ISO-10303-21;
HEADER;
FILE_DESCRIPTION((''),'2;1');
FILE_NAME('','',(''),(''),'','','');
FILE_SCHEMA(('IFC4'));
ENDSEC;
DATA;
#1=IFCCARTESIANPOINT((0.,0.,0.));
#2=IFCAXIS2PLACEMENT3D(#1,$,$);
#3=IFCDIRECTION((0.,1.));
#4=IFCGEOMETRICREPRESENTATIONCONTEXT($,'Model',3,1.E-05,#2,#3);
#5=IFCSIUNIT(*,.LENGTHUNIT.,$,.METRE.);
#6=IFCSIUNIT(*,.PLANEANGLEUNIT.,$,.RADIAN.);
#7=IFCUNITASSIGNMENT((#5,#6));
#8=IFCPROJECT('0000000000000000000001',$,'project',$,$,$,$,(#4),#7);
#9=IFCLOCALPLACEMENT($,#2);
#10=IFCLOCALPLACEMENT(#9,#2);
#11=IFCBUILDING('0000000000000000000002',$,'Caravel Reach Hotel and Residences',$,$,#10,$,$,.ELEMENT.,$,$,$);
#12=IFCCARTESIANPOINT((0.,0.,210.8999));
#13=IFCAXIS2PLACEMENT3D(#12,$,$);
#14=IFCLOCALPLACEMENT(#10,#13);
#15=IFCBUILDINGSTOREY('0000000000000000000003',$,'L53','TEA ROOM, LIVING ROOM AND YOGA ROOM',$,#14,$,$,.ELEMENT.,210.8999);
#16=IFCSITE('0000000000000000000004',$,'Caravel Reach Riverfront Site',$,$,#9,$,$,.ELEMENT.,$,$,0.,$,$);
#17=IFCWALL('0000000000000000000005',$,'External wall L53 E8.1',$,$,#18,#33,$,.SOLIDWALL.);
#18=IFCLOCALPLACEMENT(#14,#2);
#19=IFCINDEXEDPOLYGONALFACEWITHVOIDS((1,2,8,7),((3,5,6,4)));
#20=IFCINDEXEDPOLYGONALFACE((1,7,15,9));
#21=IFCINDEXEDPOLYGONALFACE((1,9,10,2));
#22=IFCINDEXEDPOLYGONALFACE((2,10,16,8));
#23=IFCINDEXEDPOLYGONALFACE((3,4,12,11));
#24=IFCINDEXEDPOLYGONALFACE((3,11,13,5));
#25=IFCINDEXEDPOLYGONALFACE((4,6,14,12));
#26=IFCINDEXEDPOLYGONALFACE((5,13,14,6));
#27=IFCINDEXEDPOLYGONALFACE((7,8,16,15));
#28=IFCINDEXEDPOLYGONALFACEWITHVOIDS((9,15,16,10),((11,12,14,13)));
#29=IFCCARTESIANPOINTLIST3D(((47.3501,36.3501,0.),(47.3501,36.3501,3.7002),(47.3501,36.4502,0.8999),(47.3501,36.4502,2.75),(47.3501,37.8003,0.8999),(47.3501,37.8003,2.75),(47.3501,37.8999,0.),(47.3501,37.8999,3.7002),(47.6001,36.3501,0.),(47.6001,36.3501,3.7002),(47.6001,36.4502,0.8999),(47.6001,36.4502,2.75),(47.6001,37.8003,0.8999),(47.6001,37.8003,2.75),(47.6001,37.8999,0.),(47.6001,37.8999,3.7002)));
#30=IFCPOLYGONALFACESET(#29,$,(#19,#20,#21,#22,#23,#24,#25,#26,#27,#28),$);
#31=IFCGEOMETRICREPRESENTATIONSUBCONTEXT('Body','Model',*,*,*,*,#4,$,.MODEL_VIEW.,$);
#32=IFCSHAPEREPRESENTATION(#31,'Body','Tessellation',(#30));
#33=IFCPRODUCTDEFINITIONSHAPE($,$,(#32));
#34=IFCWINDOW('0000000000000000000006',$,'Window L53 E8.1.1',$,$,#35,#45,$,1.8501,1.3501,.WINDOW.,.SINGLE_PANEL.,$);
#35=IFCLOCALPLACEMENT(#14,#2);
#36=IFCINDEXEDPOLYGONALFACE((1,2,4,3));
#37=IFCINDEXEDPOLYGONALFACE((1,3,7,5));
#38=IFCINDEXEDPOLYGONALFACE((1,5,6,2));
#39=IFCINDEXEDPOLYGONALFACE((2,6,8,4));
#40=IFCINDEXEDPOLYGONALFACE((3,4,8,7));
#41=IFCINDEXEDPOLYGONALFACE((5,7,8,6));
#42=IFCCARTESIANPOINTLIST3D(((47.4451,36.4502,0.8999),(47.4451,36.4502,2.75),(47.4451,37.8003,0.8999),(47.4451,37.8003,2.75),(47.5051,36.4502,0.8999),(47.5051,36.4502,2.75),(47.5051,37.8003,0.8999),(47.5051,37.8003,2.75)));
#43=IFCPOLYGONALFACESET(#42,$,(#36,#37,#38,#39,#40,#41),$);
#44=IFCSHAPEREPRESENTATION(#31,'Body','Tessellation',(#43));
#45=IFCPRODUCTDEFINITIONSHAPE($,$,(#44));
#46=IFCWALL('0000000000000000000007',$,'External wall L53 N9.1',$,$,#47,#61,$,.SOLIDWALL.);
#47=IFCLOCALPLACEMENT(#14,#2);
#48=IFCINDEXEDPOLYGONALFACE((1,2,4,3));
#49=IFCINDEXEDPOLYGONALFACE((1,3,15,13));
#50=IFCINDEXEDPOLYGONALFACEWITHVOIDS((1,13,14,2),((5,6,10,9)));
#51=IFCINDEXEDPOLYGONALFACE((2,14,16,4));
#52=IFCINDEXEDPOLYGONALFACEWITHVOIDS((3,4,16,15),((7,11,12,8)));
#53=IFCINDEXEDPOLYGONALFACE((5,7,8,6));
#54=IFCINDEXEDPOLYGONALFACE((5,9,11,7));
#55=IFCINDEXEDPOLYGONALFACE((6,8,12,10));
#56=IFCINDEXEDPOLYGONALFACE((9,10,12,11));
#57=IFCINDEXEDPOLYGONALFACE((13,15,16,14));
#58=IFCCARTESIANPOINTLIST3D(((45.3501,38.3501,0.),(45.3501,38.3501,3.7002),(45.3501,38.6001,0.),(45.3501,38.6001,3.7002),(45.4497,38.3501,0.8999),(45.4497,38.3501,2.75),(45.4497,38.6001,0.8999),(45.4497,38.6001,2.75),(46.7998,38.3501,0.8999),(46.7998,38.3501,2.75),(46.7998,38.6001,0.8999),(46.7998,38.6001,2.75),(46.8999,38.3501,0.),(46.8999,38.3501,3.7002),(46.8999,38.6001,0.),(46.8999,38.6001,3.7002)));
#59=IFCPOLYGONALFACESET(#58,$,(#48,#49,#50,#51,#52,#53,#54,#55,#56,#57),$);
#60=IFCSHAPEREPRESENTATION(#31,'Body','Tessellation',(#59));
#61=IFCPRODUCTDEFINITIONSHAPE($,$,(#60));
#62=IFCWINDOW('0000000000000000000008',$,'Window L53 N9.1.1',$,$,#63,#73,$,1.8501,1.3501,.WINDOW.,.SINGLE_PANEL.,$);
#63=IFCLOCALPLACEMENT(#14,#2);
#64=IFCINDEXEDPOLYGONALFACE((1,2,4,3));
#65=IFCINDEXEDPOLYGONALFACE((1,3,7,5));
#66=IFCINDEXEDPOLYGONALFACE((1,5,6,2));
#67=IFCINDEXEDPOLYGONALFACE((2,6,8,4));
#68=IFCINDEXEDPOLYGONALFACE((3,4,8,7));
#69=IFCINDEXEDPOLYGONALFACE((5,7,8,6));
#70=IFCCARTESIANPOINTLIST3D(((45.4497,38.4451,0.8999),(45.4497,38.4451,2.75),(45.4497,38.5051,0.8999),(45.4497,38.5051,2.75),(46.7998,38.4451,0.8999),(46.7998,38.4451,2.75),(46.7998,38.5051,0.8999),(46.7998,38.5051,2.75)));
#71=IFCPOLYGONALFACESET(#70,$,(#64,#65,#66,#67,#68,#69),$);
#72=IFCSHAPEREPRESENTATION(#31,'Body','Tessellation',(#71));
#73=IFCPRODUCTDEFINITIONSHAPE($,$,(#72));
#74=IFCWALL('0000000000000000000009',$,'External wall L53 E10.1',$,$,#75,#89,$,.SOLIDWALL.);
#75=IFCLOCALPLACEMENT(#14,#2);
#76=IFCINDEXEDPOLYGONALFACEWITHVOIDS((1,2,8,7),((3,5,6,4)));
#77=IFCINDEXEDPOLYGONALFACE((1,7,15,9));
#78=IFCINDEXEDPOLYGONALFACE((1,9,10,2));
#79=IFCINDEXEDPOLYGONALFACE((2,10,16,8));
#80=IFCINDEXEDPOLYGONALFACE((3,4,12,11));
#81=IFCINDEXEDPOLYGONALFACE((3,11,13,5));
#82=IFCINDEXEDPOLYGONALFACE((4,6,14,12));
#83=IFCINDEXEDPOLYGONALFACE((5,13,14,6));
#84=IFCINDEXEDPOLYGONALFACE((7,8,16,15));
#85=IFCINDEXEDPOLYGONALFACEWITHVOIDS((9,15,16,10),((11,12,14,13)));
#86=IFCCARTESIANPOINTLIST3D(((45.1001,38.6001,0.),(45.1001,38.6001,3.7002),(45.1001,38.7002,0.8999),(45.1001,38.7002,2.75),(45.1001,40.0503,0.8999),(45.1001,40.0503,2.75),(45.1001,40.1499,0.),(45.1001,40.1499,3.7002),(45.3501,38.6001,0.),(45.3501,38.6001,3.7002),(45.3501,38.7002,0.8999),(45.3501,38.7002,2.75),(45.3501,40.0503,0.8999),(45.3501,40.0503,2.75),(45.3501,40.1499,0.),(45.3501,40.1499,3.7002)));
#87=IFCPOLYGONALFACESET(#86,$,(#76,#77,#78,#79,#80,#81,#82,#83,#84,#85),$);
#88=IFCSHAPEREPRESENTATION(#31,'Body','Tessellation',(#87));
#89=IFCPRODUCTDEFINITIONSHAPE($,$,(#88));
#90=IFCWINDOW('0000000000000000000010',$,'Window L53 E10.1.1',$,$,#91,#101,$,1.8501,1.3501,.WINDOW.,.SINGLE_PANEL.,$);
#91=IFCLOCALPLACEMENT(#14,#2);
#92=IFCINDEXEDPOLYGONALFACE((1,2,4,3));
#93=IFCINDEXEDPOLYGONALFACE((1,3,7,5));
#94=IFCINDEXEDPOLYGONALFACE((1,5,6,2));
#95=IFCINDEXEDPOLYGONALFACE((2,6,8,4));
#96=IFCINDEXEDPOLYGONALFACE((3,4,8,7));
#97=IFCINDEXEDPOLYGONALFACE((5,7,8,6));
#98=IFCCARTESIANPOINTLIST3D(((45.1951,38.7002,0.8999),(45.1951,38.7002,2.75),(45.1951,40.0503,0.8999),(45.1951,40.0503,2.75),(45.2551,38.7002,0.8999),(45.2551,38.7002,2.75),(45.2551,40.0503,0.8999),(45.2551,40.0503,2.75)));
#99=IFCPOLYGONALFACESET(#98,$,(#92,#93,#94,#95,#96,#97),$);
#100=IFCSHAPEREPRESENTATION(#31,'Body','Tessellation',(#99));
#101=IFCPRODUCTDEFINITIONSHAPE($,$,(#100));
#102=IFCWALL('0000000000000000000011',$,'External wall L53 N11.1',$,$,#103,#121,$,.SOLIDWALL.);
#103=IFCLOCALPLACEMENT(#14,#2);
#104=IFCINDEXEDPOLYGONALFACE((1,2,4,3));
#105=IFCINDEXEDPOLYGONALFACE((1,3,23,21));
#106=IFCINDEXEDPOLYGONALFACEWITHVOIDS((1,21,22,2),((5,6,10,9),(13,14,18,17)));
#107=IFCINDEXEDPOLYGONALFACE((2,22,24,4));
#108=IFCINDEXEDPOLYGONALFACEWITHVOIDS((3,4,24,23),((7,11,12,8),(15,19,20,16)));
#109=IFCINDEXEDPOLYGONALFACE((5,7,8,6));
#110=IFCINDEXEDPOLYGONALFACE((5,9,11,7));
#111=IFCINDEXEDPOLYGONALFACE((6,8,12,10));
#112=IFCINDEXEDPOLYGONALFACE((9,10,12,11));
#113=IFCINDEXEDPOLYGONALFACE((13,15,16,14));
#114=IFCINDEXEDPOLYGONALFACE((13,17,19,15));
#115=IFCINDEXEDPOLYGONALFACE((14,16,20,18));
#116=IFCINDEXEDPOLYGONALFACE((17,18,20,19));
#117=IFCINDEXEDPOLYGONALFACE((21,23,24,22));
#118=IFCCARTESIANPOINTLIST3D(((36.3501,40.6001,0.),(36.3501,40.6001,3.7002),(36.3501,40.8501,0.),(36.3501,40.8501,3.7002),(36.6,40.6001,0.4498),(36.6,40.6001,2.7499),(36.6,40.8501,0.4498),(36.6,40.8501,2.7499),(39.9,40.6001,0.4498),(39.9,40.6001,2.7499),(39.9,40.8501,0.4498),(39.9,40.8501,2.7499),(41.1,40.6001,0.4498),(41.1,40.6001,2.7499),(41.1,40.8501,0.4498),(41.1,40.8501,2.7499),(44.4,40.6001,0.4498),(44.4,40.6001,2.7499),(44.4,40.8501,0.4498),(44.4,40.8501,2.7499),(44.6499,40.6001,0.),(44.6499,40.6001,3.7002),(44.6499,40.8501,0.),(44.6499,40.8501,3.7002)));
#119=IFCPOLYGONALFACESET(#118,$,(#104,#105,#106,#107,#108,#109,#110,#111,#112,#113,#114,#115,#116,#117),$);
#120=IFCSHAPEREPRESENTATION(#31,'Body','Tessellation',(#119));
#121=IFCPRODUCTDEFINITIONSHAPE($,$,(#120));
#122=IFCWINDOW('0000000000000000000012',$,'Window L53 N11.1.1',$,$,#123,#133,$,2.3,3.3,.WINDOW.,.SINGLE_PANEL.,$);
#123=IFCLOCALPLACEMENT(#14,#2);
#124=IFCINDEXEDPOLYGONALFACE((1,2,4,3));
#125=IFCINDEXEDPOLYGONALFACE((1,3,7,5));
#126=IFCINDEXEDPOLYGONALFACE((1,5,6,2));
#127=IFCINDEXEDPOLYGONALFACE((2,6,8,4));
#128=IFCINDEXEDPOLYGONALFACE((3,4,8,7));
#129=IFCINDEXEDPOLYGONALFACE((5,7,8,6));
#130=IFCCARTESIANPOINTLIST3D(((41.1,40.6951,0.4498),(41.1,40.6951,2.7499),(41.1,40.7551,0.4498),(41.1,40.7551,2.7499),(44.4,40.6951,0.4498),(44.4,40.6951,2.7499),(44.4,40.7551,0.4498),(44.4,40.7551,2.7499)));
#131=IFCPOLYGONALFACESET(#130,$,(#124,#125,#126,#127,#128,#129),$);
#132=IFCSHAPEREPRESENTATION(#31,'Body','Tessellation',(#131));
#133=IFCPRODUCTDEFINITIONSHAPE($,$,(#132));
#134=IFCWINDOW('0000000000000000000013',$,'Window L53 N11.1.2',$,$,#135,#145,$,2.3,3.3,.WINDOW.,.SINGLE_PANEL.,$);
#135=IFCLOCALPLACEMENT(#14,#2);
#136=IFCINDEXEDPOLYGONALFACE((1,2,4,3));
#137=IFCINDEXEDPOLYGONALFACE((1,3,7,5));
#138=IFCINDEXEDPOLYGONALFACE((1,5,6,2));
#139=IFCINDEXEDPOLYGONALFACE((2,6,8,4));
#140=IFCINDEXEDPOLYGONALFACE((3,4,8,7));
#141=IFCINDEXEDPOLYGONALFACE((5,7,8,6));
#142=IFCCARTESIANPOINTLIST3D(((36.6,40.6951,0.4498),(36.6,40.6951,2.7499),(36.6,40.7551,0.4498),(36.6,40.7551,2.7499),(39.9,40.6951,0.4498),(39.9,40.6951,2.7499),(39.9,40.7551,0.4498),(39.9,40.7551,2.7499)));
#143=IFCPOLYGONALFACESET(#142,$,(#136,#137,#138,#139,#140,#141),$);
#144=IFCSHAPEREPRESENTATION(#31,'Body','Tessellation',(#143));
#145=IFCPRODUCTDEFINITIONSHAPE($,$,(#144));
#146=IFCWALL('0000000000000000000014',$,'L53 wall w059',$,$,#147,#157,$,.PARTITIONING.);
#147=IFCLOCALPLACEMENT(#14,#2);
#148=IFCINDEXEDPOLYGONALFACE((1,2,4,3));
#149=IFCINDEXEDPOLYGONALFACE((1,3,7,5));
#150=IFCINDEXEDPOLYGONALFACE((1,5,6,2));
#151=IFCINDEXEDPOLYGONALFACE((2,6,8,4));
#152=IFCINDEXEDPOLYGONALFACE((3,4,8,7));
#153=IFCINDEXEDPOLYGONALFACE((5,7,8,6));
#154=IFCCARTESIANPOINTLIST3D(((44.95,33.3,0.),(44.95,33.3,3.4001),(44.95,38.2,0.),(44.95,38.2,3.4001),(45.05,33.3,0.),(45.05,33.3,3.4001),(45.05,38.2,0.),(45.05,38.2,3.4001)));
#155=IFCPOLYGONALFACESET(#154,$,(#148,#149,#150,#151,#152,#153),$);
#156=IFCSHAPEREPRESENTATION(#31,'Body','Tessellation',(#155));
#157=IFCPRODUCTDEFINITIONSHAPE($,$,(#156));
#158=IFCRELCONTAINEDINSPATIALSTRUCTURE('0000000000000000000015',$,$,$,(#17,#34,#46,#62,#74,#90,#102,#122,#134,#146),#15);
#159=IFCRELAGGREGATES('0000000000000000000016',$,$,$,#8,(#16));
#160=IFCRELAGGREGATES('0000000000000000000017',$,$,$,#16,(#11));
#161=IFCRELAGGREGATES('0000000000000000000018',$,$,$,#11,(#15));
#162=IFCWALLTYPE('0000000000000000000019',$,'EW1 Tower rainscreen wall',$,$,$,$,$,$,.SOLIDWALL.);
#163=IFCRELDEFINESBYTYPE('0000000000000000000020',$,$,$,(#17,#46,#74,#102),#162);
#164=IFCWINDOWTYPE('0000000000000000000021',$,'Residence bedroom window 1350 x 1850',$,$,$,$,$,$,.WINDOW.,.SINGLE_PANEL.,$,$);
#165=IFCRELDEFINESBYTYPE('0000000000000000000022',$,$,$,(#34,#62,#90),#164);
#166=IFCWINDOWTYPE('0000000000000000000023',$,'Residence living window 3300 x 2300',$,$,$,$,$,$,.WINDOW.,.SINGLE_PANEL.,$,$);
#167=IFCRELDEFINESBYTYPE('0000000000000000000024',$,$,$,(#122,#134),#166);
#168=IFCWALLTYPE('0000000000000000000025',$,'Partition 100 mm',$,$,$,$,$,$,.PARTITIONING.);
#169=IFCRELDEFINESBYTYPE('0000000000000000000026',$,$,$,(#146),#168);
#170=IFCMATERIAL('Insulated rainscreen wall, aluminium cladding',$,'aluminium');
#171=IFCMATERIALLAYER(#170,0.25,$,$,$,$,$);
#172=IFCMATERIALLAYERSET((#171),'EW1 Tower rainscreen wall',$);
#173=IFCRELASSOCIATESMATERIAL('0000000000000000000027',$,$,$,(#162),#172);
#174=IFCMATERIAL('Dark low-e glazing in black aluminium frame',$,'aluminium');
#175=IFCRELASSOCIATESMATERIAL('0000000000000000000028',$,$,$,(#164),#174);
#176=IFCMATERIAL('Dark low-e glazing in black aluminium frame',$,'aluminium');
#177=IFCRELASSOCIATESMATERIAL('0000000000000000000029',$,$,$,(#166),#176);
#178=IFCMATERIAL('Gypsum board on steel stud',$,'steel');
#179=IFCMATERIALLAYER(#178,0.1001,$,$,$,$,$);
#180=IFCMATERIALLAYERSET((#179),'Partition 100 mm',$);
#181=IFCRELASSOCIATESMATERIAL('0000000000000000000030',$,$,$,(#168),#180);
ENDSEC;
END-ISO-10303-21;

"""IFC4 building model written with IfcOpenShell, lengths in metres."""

from ifc_helpers import new_model, si_unit, direction, frame, frame_2d, origin, place, context, subcontext, project, spatial, rectangle, extrude, material, layer, layer_set, type_object, element, fill, save


model = new_model("IFC4")

# Units and contexts
model_context = context("Model", 3, precision=1e-05, world=origin(), true_north=direction((0.0, 1.0)))
body_context = subcontext(model_context, "Body", "Model", "MODEL_VIEW")
ifc_project = project(units=[si_unit("LENGTHUNIT", "METRE"), si_unit("PLANEANGLEUNIT", "RADIAN")], contexts=[model_context])

# Site, building, storey
site_placement = place(None, origin())
site = spatial("IfcSite", under=ifc_project, at=site_placement, Name="Caravel Reach Riverfront Site", CompositionType="ELEMENT", RefElevation=0.0)
building_placement = place(site_placement, origin())
building = spatial("IfcBuilding", under=site, at=building_placement, Name="Caravel Reach Hotel and Residences", CompositionType="ELEMENT")
storey_placement = place(building_placement, frame((0.0, 0.0, 210.8999)))
storey = spatial("IfcBuildingStorey", under=building, at=storey_placement, Name="L53", Description="TEA ROOM, LIVING ROOM AND YOGA ROOM", CompositionType="ELEMENT", Elevation=210.8999)

# Walls, openings, windows
ifc_material_1 = material(Name="Insulated rainscreen wall, aluminium cladding", Category="aluminium")
ifc_layer_1 = layer(ifc_material_1, 0.25)
ifc_layer_set_1 = layer_set([ifc_layer_1], Name="EW1 Tower rainscreen wall")
wall_type_1 = type_object("IfcWallType", Name="EW1 Tower rainscreen wall", PredefinedType="SOLIDWALL", material=ifc_layer_set_1)
ifc_material_2 = material(Name="Dark low-e glazing in black aluminium frame", Category="aluminium")
window_type_1 = type_object("IfcWindowType", Name="Residence bedroom window 1350 x 1850", PartitioningType="SINGLE_PANEL", PredefinedType="WINDOW", material=ifc_material_2)
wall_1_placement = place(storey_placement, frame((47.4751, 36.3501, 0.0), z_axis=(0.0, 0.0, 1.0), x_axis=(0.0, 1.0, 0.0)))
wall_1 = element("IfcWall", 1, at=wall_1_placement, inside=storey, type_object=wall_type_1, Name="External wall L53 E8.1", PredefinedType="SOLIDWALL", context=body_context, shape_type="SweptSolid", body=[
    extrude(rectangle(XDim=1.5498, YDim=0.25, at=frame_2d((0.7749, 0.0))), origin(), (0.0, 0.0, 1.0), 3.7002),
])
opening_1_placement = place(wall_1_placement, frame((0.1001, 0.0, 0.8999)))
opening_1 = element("IfcOpeningElement", 2, at=opening_1_placement, cuts=wall_1, PredefinedType="OPENING", context=body_context, shape_type="SweptSolid", body=[
    extrude(rectangle(XDim=1.3501, YDim=1.8501, at=frame_2d((0.675, 0.925))), frame((0.0, 0.135, 0.0), z_axis=(0.0, -1.0, 0.0), x_axis=(1.0, 0.0, 0.0)), (0.0, 0.0, 1.0), 0.27),
])
window_1_placement = place(opening_1_placement, origin())
window_1 = element("IfcWindow", 3, at=window_1_placement, inside=storey, type_object=window_type_1, Name="Window L53 E8.1.1", OverallHeight=1.8501, OverallWidth=1.3501, PartitioningType="SINGLE_PANEL", PredefinedType="WINDOW", context=body_context, shape_type="SweptSolid", body=[
    extrude(rectangle(XDim=1.3501, YDim=1.8501, at=frame_2d((0.675, 0.925))), frame((0.0, 0.03, 0.0), z_axis=(0.0, -1.0, 0.0), x_axis=(1.0, 0.0, 0.0)), (0.0, 0.0, 1.0), 0.0601),
])
fill(opening_1, window_1)
wall_2_placement = place(storey_placement, frame((46.8999, 38.4751, 0.0), z_axis=(0.0, 0.0, 1.0), x_axis=(-1.0, 0.0, 0.0)))
wall_2 = element("IfcWall", 4, at=wall_2_placement, inside=storey, type_object=wall_type_1, Name="External wall L53 N9.1", PredefinedType="SOLIDWALL", context=body_context, shape_type="SweptSolid", body=[
    extrude(rectangle(XDim=1.5498, YDim=0.25, at=frame_2d((0.7749, 0.0))), origin(), (0.0, 0.0, 1.0), 3.7002),
])
opening_2_placement = place(wall_2_placement, frame((0.1001, 0.0, 0.8999)))
opening_2 = element("IfcOpeningElement", 5, at=opening_2_placement, cuts=wall_2, PredefinedType="OPENING", context=body_context, shape_type="SweptSolid", body=[
    extrude(rectangle(XDim=1.3501, YDim=1.8501, at=frame_2d((0.675, 0.925))), frame((0.0, 0.135, 0.0), z_axis=(0.0, -1.0, 0.0), x_axis=(1.0, 0.0, 0.0)), (0.0, 0.0, 1.0), 0.27),
])
window_2_placement = place(opening_2_placement, origin())
window_2 = element("IfcWindow", 6, at=window_2_placement, inside=storey, type_object=window_type_1, Name="Window L53 N9.1.1", OverallHeight=1.8501, OverallWidth=1.3501, PartitioningType="SINGLE_PANEL", PredefinedType="WINDOW", context=body_context, shape_type="SweptSolid", body=[
    extrude(rectangle(XDim=1.3501, YDim=1.8501, at=frame_2d((0.675, 0.925))), frame((0.0, 0.03, 0.0), z_axis=(0.0, -1.0, 0.0), x_axis=(1.0, 0.0, 0.0)), (0.0, 0.0, 1.0), 0.0601),
])
fill(opening_2, window_2)
wall_3_placement = place(storey_placement, frame((45.2251, 38.6001, 0.0), z_axis=(0.0, 0.0, 1.0), x_axis=(0.0, 1.0, 0.0)))
wall_3 = element("IfcWall", 7, at=wall_3_placement, inside=storey, type_object=wall_type_1, Name="External wall L53 E10.1", PredefinedType="SOLIDWALL", context=body_context, shape_type="SweptSolid", body=[
    extrude(rectangle(XDim=1.5498, YDim=0.25, at=frame_2d((0.7749, 0.0))), origin(), (0.0, 0.0, 1.0), 3.7002),
])
opening_3_placement = place(wall_3_placement, frame((0.1001, 0.0, 0.8999)))
opening_3 = element("IfcOpeningElement", 8, at=opening_3_placement, cuts=wall_3, PredefinedType="OPENING", context=body_context, shape_type="SweptSolid", body=[
    extrude(rectangle(XDim=1.3501, YDim=1.8501, at=frame_2d((0.675, 0.925))), frame((0.0, 0.135, 0.0), z_axis=(0.0, -1.0, 0.0), x_axis=(1.0, 0.0, 0.0)), (0.0, 0.0, 1.0), 0.27),
])
window_3_placement = place(opening_3_placement, origin())
window_3 = element("IfcWindow", 9, at=window_3_placement, inside=storey, type_object=window_type_1, Name="Window L53 E10.1.1", OverallHeight=1.8501, OverallWidth=1.3501, PartitioningType="SINGLE_PANEL", PredefinedType="WINDOW", context=body_context, shape_type="SweptSolid", body=[
    extrude(rectangle(XDim=1.3501, YDim=1.8501, at=frame_2d((0.675, 0.925))), frame((0.0, 0.03, 0.0), z_axis=(0.0, -1.0, 0.0), x_axis=(1.0, 0.0, 0.0)), (0.0, 0.0, 1.0), 0.0601),
])
fill(opening_3, window_3)

# Wall, openings, windows
wall_4_placement = place(storey_placement, frame((44.6499, 40.7251, 0.0), z_axis=(0.0, 0.0, 1.0), x_axis=(-1.0, 0.0, 0.0)))
wall_4 = element("IfcWall", 10, at=wall_4_placement, inside=storey, type_object=wall_type_1, Name="External wall L53 N11.1", PredefinedType="SOLIDWALL", context=body_context, shape_type="SweptSolid", body=[
    extrude(rectangle(XDim=8.2998, YDim=0.25, at=frame_2d((4.1499, 0.0))), origin(), (0.0, 0.0, 1.0), 3.7002),
])
opening_4_placement = place(wall_4_placement, frame((0.25, 0.0, 0.45)))
opening_4 = element("IfcOpeningElement", 11, at=opening_4_placement, cuts=wall_4, PredefinedType="OPENING", context=body_context, shape_type="SweptSolid", body=[
    extrude(rectangle(XDim=3.3, YDim=2.3, at=frame_2d((1.6499, 1.1499))), frame((0.0, 0.135, 0.0), z_axis=(0.0, -1.0, 0.0), x_axis=(1.0, 0.0, 0.0)), (0.0, 0.0, 1.0), 0.27),
])
opening_5_placement = place(wall_4_placement, frame((4.75, 0.0, 0.45)))
opening_5 = element("IfcOpeningElement", 12, at=opening_5_placement, cuts=wall_4, PredefinedType="OPENING", context=body_context, shape_type="SweptSolid", body=[
    extrude(rectangle(XDim=3.3, YDim=2.3, at=frame_2d((1.6499, 1.1499))), frame((0.0, 0.135, 0.0), z_axis=(0.0, -1.0, 0.0), x_axis=(1.0, 0.0, 0.0)), (0.0, 0.0, 1.0), 0.27),
])
ifc_material_3 = material(Name="Dark low-e glazing in black aluminium frame", Category="aluminium")
window_type_2 = type_object("IfcWindowType", Name="Residence living window 3300 x 2300", PartitioningType="SINGLE_PANEL", PredefinedType="WINDOW", material=ifc_material_3)
window_4_placement = place(opening_4_placement, origin())
window_4 = element("IfcWindow", 13, at=window_4_placement, inside=storey, type_object=window_type_2, Name="Window L53 N11.1.1", OverallHeight=2.3, OverallWidth=3.3, PartitioningType="SINGLE_PANEL", PredefinedType="WINDOW", context=body_context, shape_type="SweptSolid", body=[
    extrude(rectangle(XDim=3.3, YDim=2.3, at=frame_2d((1.6499, 1.1499))), frame((0.0, 0.03, 0.0), z_axis=(0.0, -1.0, 0.0), x_axis=(1.0, 0.0, 0.0)), (0.0, 0.0, 1.0), 0.0601),
])
fill(opening_4, window_4)
window_5_placement = place(opening_5_placement, origin())
window_5 = element("IfcWindow", 14, at=window_5_placement, inside=storey, type_object=window_type_2, Name="Window L53 N11.1.2", OverallHeight=2.3, OverallWidth=3.3, PartitioningType="SINGLE_PANEL", PredefinedType="WINDOW", context=body_context, shape_type="SweptSolid", body=[
    extrude(rectangle(XDim=3.3, YDim=2.3, at=frame_2d((1.6499, 1.1499))), frame((0.0, 0.03, 0.0), z_axis=(0.0, -1.0, 0.0), x_axis=(1.0, 0.0, 0.0)), (0.0, 0.0, 1.0), 0.0601),
])
fill(opening_5, window_5)

# Wall
ifc_material_4 = material(Name="Gypsum board on steel stud", Category="steel")
ifc_layer_2 = layer(ifc_material_4, 0.1001)
ifc_layer_set_2 = layer_set([ifc_layer_2], Name="Partition 100 mm")
wall_type_2 = type_object("IfcWallType", Name="Partition 100 mm", PredefinedType="PARTITIONING", material=ifc_layer_set_2)
wall_5_placement = place(storey_placement, frame((45.0, 33.3, 0.0), z_axis=(0.0, 0.0, 1.0), x_axis=(0.0, 1.0, 0.0)))
element("IfcWall", 15, at=wall_5_placement, inside=storey, type_object=wall_type_2, Name="L53 wall w059", PredefinedType="PARTITIONING", context=body_context, shape_type="SweptSolid", body=[
    extrude(rectangle(XDim=4.8999, YDim=0.1001, at=frame_2d((2.45, 0.0))), origin(), (0.0, 0.0, 1.0), 3.4001),
])

save(model, "model.ifc")
